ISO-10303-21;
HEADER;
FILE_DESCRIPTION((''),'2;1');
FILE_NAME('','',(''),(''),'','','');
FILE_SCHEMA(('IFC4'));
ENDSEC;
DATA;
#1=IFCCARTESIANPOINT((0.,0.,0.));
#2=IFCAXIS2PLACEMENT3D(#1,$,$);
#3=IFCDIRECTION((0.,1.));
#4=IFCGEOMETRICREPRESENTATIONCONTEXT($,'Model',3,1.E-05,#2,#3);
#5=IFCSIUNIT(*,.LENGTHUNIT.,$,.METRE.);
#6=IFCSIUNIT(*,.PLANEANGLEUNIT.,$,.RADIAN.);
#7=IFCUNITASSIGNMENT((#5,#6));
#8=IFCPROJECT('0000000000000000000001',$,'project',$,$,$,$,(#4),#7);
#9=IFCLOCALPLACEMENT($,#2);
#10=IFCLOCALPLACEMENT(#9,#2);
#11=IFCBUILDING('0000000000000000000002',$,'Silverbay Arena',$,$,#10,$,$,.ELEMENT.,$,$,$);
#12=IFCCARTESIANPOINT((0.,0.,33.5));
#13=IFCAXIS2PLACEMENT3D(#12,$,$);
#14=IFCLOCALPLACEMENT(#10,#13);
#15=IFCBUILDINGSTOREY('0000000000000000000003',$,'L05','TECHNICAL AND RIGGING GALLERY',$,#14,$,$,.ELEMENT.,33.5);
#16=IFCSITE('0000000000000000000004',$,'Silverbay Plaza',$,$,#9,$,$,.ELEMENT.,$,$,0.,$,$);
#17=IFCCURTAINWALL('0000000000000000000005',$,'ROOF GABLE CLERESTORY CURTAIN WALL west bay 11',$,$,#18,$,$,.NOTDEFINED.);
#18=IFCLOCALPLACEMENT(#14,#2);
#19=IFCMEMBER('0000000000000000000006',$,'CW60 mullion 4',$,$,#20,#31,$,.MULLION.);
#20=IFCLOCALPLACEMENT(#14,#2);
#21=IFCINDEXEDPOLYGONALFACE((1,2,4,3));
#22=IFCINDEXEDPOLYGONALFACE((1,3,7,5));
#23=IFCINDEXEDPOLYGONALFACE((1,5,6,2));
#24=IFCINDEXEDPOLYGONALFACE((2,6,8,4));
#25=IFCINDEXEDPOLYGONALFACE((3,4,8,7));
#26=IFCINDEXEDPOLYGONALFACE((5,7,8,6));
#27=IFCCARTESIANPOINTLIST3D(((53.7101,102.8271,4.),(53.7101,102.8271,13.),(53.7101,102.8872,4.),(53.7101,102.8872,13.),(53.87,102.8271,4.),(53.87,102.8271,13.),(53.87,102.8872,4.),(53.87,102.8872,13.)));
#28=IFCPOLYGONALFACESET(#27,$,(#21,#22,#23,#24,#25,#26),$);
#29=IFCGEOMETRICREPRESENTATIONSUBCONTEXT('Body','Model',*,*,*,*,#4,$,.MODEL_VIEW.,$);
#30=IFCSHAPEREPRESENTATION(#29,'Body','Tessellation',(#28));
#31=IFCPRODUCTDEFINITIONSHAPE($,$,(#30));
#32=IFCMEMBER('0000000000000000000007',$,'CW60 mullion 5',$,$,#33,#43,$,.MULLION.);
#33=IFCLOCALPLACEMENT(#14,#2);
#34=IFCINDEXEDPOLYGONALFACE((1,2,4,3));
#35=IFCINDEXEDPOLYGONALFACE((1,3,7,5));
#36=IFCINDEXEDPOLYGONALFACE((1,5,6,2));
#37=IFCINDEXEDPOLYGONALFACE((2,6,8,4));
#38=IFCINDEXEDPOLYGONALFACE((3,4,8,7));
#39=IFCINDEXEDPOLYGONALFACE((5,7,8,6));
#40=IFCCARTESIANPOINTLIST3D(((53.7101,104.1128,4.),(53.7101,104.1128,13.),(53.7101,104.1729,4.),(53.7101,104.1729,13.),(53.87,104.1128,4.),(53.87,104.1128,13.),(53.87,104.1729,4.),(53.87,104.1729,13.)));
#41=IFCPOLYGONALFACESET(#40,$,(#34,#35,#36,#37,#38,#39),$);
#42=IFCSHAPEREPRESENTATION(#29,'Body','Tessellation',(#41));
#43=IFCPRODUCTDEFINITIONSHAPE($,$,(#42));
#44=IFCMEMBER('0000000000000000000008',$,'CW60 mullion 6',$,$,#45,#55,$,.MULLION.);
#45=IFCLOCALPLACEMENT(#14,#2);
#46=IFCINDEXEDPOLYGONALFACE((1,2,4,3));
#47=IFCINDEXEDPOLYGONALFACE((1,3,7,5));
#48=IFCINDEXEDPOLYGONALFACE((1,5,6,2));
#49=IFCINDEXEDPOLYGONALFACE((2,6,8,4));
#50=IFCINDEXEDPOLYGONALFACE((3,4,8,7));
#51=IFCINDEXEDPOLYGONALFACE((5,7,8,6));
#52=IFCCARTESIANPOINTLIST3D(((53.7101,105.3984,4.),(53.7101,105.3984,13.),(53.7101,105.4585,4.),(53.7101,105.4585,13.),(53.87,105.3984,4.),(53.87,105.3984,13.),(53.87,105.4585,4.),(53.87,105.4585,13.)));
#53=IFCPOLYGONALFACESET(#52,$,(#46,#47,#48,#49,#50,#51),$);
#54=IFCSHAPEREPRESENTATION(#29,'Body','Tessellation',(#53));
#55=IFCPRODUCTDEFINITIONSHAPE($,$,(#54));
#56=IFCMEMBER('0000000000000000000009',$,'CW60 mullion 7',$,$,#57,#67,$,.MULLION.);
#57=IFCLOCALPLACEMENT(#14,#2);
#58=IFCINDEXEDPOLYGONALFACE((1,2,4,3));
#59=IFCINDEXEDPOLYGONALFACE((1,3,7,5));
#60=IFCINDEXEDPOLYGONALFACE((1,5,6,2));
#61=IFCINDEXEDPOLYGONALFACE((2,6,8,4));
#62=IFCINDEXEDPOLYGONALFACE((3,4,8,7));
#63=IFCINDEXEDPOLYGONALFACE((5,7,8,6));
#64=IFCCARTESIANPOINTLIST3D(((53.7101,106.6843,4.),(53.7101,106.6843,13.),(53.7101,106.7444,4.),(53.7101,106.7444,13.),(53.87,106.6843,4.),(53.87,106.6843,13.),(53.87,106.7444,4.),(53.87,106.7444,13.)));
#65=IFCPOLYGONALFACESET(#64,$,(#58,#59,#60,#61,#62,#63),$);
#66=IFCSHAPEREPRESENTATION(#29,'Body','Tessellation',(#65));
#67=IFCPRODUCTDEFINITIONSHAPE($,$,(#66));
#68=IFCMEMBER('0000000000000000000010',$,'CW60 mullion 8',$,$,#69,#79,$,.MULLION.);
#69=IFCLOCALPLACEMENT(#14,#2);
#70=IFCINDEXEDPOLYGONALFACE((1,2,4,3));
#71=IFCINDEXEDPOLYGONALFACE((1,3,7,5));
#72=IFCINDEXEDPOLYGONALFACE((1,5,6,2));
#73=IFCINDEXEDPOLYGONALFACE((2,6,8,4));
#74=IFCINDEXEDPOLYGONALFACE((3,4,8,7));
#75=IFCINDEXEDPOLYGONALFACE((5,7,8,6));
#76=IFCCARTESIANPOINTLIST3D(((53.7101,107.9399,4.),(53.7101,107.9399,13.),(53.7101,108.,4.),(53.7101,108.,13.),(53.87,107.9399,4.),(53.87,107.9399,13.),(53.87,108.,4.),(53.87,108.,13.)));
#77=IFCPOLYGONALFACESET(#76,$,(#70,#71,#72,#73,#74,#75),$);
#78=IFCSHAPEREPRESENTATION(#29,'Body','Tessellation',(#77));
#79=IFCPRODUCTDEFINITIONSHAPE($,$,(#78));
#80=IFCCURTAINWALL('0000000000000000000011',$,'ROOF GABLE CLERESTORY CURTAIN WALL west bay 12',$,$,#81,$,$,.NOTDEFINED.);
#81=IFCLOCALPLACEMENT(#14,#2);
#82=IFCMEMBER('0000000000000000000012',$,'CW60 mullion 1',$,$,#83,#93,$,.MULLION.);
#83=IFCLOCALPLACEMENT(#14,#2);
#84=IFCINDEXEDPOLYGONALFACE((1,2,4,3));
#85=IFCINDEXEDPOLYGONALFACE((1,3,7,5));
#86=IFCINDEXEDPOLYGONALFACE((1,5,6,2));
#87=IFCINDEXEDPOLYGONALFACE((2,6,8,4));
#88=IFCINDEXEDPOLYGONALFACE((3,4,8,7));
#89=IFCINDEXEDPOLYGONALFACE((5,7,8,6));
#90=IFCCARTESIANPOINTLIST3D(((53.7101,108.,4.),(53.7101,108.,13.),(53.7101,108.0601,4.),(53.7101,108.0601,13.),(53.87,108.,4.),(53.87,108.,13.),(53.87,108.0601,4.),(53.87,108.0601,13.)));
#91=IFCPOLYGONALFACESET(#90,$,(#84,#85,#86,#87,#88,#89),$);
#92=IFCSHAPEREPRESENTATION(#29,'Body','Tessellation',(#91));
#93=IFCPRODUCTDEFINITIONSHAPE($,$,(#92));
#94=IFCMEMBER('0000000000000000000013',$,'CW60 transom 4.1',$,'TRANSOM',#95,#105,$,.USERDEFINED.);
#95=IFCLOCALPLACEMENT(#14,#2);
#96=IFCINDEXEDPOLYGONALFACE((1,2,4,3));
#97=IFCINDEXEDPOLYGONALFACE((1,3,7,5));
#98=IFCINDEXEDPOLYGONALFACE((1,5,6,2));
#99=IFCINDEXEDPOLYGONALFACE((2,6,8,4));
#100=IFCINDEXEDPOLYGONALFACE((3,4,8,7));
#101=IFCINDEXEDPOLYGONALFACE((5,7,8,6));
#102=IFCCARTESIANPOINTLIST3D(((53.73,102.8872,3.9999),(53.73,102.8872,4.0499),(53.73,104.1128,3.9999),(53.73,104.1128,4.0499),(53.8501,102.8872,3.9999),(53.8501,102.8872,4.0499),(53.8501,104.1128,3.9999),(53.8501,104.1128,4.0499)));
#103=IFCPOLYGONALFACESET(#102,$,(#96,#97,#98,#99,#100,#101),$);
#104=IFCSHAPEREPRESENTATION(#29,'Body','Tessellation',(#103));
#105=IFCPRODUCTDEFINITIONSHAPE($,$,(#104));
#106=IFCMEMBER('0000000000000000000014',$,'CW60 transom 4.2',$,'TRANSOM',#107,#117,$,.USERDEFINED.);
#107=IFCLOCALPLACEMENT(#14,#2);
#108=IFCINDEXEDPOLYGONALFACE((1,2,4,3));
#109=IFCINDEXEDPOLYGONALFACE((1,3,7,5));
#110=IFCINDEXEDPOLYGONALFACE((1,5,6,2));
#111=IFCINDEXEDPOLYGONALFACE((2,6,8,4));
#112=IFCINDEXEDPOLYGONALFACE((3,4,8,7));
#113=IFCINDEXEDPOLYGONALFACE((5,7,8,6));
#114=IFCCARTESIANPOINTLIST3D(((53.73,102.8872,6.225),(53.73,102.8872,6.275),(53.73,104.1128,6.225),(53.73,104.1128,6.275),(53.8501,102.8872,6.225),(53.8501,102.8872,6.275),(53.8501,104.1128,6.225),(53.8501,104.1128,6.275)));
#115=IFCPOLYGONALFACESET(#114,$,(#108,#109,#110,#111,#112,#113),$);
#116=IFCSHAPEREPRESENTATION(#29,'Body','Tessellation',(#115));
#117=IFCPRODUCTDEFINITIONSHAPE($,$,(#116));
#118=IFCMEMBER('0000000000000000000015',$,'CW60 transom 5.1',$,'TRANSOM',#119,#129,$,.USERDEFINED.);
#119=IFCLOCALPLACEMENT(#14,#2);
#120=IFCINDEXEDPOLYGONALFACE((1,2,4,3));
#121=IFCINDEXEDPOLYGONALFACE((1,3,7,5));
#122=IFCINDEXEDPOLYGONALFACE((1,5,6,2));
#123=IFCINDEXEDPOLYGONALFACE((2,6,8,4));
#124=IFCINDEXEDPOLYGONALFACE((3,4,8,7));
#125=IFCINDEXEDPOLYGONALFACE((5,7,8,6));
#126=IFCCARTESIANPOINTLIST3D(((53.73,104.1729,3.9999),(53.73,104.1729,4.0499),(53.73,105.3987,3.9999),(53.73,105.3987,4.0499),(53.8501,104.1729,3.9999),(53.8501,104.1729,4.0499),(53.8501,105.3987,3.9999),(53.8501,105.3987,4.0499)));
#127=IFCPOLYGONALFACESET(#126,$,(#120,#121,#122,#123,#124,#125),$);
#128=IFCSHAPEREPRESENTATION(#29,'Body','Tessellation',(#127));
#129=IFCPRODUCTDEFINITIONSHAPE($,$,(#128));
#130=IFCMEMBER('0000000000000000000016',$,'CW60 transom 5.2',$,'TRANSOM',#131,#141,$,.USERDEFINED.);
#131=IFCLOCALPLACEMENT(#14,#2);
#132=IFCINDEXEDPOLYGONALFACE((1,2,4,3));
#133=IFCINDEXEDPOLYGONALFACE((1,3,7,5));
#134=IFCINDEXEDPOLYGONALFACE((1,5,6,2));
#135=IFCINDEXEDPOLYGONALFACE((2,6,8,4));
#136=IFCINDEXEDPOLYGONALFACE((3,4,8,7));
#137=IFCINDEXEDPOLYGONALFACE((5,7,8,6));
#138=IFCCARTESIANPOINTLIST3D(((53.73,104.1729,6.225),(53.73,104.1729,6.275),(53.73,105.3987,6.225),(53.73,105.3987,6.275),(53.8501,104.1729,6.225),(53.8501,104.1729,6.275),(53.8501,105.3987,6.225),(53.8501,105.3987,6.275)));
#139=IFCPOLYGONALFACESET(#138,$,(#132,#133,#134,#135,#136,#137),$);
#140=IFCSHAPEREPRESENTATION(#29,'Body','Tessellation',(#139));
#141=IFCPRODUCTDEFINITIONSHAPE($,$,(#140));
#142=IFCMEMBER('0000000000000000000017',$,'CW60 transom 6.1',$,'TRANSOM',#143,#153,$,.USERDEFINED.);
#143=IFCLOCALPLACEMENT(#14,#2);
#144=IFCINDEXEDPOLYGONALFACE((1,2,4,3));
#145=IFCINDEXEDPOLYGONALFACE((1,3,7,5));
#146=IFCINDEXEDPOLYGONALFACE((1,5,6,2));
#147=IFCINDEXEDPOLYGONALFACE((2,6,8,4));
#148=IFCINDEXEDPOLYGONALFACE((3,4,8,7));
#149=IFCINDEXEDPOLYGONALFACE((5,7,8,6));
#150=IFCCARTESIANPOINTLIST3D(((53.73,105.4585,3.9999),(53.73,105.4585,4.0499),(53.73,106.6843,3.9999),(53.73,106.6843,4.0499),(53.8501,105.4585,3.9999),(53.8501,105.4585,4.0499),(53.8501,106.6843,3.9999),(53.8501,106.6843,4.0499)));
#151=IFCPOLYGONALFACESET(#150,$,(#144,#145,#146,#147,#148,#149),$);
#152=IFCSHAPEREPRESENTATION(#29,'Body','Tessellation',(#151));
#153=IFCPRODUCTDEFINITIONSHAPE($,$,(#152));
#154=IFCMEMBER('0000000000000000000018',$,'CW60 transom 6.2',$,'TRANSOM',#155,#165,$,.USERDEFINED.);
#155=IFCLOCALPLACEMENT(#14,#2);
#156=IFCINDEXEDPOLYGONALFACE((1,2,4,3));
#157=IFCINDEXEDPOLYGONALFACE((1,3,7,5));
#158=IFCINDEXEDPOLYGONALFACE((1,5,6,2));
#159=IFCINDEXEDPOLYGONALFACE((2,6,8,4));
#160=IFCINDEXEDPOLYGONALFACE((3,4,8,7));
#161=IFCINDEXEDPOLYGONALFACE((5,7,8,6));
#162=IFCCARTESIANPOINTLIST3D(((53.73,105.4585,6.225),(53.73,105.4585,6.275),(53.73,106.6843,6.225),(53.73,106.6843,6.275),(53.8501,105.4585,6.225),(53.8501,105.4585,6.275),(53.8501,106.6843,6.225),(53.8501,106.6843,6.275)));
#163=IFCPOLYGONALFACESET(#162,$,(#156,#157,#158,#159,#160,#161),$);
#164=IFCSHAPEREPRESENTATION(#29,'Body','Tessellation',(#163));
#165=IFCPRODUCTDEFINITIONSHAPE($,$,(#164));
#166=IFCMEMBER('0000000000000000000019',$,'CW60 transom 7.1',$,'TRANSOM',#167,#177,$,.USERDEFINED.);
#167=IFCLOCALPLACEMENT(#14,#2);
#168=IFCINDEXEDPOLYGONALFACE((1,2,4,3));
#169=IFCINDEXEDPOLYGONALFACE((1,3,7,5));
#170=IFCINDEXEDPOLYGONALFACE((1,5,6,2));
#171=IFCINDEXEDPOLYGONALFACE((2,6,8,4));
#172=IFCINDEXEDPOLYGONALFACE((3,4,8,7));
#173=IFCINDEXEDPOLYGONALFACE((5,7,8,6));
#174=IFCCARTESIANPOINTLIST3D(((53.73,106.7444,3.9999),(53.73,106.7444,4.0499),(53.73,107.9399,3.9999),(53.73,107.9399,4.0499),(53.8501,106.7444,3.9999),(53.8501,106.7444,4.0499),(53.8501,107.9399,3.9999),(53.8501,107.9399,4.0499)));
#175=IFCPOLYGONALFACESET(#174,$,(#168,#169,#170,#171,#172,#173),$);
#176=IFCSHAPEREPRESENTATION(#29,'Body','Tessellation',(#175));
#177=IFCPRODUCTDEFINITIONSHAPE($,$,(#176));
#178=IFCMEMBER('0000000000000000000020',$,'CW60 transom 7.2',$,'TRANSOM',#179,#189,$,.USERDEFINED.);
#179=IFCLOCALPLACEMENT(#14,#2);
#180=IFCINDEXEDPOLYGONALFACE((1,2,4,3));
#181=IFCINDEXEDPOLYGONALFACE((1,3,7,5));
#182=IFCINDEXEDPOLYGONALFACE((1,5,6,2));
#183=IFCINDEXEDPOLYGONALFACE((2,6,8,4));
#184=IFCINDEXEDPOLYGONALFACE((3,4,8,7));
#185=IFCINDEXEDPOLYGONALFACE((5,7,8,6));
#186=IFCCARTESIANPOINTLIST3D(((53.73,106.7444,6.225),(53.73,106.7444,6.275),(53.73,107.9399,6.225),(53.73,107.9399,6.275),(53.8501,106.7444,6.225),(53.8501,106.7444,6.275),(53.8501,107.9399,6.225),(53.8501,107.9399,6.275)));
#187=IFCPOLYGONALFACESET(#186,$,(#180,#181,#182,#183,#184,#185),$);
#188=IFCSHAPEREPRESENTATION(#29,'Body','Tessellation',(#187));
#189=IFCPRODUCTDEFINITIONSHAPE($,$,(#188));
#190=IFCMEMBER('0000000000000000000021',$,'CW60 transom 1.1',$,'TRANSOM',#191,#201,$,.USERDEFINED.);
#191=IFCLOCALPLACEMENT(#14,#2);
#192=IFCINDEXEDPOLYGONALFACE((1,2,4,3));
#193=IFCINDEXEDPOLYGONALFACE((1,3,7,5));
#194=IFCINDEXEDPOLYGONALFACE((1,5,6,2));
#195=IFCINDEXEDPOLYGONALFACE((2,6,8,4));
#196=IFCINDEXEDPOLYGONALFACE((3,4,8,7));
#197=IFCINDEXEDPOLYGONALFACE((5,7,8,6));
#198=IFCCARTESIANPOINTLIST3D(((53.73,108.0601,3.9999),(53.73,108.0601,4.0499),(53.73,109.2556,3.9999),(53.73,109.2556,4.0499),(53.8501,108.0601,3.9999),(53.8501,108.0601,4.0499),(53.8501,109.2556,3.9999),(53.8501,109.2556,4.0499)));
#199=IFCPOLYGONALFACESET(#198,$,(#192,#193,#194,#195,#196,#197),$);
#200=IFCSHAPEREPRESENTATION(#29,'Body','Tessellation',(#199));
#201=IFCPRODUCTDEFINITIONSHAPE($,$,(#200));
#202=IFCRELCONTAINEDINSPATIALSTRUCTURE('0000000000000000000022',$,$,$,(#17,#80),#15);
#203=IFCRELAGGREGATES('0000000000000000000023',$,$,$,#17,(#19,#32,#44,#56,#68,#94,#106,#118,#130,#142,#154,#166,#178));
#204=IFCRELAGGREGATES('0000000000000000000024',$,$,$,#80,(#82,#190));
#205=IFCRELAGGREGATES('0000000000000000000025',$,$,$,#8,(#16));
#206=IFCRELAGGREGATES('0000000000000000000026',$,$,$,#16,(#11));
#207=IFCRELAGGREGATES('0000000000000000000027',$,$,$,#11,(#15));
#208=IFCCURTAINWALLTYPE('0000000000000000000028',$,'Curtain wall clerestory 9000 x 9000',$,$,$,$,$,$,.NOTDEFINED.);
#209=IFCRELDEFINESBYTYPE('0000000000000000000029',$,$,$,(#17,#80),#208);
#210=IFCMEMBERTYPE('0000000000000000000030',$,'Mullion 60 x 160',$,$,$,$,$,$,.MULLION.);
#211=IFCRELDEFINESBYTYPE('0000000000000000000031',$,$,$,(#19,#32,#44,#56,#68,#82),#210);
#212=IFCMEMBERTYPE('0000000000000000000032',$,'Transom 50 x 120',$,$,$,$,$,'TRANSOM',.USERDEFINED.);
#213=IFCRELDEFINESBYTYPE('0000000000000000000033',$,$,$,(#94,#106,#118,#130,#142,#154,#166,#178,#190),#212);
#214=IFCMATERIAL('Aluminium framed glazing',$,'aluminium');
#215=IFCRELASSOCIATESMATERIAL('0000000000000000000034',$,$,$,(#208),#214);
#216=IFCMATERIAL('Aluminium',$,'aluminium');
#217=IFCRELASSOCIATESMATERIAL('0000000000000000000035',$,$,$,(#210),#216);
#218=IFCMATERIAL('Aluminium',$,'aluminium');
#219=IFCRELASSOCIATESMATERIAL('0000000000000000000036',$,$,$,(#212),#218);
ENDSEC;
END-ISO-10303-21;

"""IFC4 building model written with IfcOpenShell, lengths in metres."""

from ifc_helpers import new_model, si_unit, direction, frame, origin, origin_2d, place, context, subcontext, project, spatial, rectangle, extrude, material, material_profile, profile_set, type_object, element, aggregate, save


model = new_model("IFC4")

# Units and contexts
model_context = context("Model", 3, precision=1e-05, world=origin(), true_north=direction((0.0, 1.0)))
body_context = subcontext(model_context, "Body", "Model", "MODEL_VIEW")
ifc_project = project(units=[si_unit("LENGTHUNIT", "METRE"), si_unit("PLANEANGLEUNIT", "RADIAN")], contexts=[model_context])

# Site, building, storey
site_placement = place(None, origin())
site = spatial("IfcSite", under=ifc_project, at=site_placement, Name="Silverbay Plaza", CompositionType="ELEMENT", RefElevation=0.0)
building_placement = place(site_placement, origin())
building = spatial("IfcBuilding", under=site, at=building_placement, Name="Silverbay Arena", CompositionType="ELEMENT")
storey_placement = place(building_placement, frame((0.0, 0.0, 33.5)))
storey = spatial("IfcBuildingStorey", under=building, at=storey_placement, Name="L05", Description="TECHNICAL AND RIGGING GALLERY", CompositionType="ELEMENT", Elevation=33.5)

# Curtain wall, members
ifc_material_1 = material(Name="Aluminium framed glazing", Category="aluminium")
curtain_wall_type = type_object("IfcCurtainWallType", Name="Curtain wall clerestory 9000 x 9000", PredefinedType="NOTDEFINED", material=ifc_material_1)
curtain_wall_1_placement = place(storey_placement, origin())
curtain_wall_1 = element("IfcCurtainWall", 1, at=curtain_wall_1_placement, inside=storey, type_object=curtain_wall_type, Name="ROOF GABLE CLERESTORY CURTAIN WALL west bay 11", PredefinedType="NOTDEFINED")
ifc_material_2 = material(Name="Aluminium", Category="aluminium")
ifc_material_profile_1 = material_profile(ifc_material_2, rectangle(XDim=0.1599, YDim=0.0601, at=origin_2d()), Name="Mullion 60 x 160")
ifc_profile_set_1 = profile_set([ifc_material_profile_1], Name="Aluminium")
member_type_1 = type_object("IfcMemberType", Name="Mullion 60 x 160", PredefinedType="MULLION", material=ifc_profile_set_1)
member_1_placement = place(storey_placement, frame((53.79, 102.8572, 4.0), z_axis=(0.0, 0.0, 1.0), x_axis=(-1.0, 0.0, 0.0)))
member_1 = element("IfcMember", 2, at=member_1_placement, type_object=member_type_1, Name="CW60 mullion 4", PredefinedType="MULLION", context=body_context, shape_type="SweptSolid", body=[
    extrude(rectangle(XDim=0.1599, YDim=0.0601, at=origin_2d()), origin(), (0.0, 0.0, 1.0), 9.0),
])
member_2_placement = place(storey_placement, frame((53.79, 104.1428, 4.0), z_axis=(0.0, 0.0, 1.0), x_axis=(-1.0, 0.0, 0.0)))
member_2 = element("IfcMember", 3, at=member_2_placement, type_object=member_type_1, Name="CW60 mullion 5", PredefinedType="MULLION", context=body_context, shape_type="SweptSolid", body=[
    extrude(rectangle(XDim=0.1599, YDim=0.0601, at=origin_2d()), origin(), (0.0, 0.0, 1.0), 9.0),
])
member_3_placement = place(storey_placement, frame((53.79, 105.4285, 4.0), z_axis=(0.0, 0.0, 1.0), x_axis=(-1.0, 0.0, 0.0)))
member_3 = element("IfcMember", 4, at=member_3_placement, type_object=member_type_1, Name="CW60 mullion 6", PredefinedType="MULLION", context=body_context, shape_type="SweptSolid", body=[
    extrude(rectangle(XDim=0.1599, YDim=0.0601, at=origin_2d()), origin(), (0.0, 0.0, 1.0), 9.0),
])
member_4_placement = place(storey_placement, frame((53.79, 106.7144, 4.0), z_axis=(0.0, 0.0, 1.0), x_axis=(-1.0, 0.0, 0.0)))
member_4 = element("IfcMember", 5, at=member_4_placement, type_object=member_type_1, Name="CW60 mullion 7", PredefinedType="MULLION", context=body_context, shape_type="SweptSolid", body=[
    extrude(rectangle(XDim=0.1599, YDim=0.0601, at=origin_2d()), origin(), (0.0, 0.0, 1.0), 9.0),
])
member_5_placement = place(storey_placement, frame((53.79, 107.97, 4.0), z_axis=(0.0, 0.0, 1.0), x_axis=(-1.0, 0.0, 0.0)))
member_5 = element("IfcMember", 6, at=member_5_placement, type_object=member_type_1, Name="CW60 mullion 8", PredefinedType="MULLION", context=body_context, shape_type="SweptSolid", body=[
    extrude(rectangle(XDim=0.1599, YDim=0.0601, at=origin_2d()), origin(), (0.0, 0.0, 1.0), 9.0),
])

# Curtain wall, member
curtain_wall_2_placement = place(storey_placement, origin())
curtain_wall_2 = element("IfcCurtainWall", 7, at=curtain_wall_2_placement, inside=storey, type_object=curtain_wall_type, Name="ROOF GABLE CLERESTORY CURTAIN WALL west bay 12", PredefinedType="NOTDEFINED")
member_6_placement = place(storey_placement, frame((53.79, 108.03, 4.0), z_axis=(0.0, 0.0, 1.0), x_axis=(-1.0, 0.0, 0.0)))
member_6 = element("IfcMember", 8, at=member_6_placement, type_object=member_type_1, Name="CW60 mullion 1", PredefinedType="MULLION", context=body_context, shape_type="SweptSolid", body=[
    extrude(rectangle(XDim=0.1599, YDim=0.0601, at=origin_2d()), origin(), (0.0, 0.0, 1.0), 9.0),
])

# Members
ifc_material_3 = material(Name="Aluminium", Category="aluminium")
ifc_material_profile_2 = material_profile(ifc_material_3, rectangle(XDim=0.1201, YDim=0.05, at=origin_2d()), Name="Transom 50 x 120")
ifc_profile_set_2 = profile_set([ifc_material_profile_2], Name="Aluminium")
member_type_2 = type_object("IfcMemberType", Name="Transom 50 x 120", ElementType="TRANSOM", PredefinedType="USERDEFINED", material=ifc_profile_set_2)
member_7_placement = place(storey_placement, frame((53.79, 102.8872, 4.0249), z_axis=(0.0, 1.0, 0.0), x_axis=(-1.0, 0.0, 0.0)))
member_7 = element("IfcMember", 9, at=member_7_placement, type_object=member_type_2, Name="CW60 transom 4.1", ObjectType="TRANSOM", PredefinedType="USERDEFINED", context=body_context, shape_type="SweptSolid", body=[
    extrude(rectangle(XDim=0.1201, YDim=0.05, at=origin_2d()), origin(), (0.0, 0.0, 1.0), 1.2256),
])
member_8_placement = place(storey_placement, frame((53.79, 102.8872, 6.25), z_axis=(0.0, 1.0, 0.0), x_axis=(-1.0, 0.0, 0.0)))
member_8 = element("IfcMember", 10, at=member_8_placement, type_object=member_type_2, Name="CW60 transom 4.2", ObjectType="TRANSOM", PredefinedType="USERDEFINED", context=body_context, shape_type="SweptSolid", body=[
    extrude(rectangle(XDim=0.1201, YDim=0.05, at=origin_2d()), origin(), (0.0, 0.0, 1.0), 1.2256),
])
member_9_placement = place(storey_placement, frame((53.79, 104.1729, 4.0249), z_axis=(0.0, 1.0, 0.0), x_axis=(-1.0, 0.0, 0.0)))
member_9 = element("IfcMember", 11, at=member_9_placement, type_object=member_type_2, Name="CW60 transom 5.1", ObjectType="TRANSOM", PredefinedType="USERDEFINED", context=body_context, shape_type="SweptSolid", body=[
    extrude(rectangle(XDim=0.1201, YDim=0.05, at=origin_2d()), origin(), (0.0, 0.0, 1.0), 1.2258),
])
member_10_placement = place(storey_placement, frame((53.79, 104.1729, 6.25), z_axis=(0.0, 1.0, 0.0), x_axis=(-1.0, 0.0, 0.0)))
member_10 = element("IfcMember", 12, at=member_10_placement, type_object=member_type_2, Name="CW60 transom 5.2", ObjectType="TRANSOM", PredefinedType="USERDEFINED", context=body_context, shape_type="SweptSolid", body=[
    extrude(rectangle(XDim=0.1201, YDim=0.05, at=origin_2d()), origin(), (0.0, 0.0, 1.0), 1.2258),
])
member_11_placement = place(storey_placement, frame((53.79, 105.4585, 4.0249), z_axis=(0.0, 1.0, 0.0), x_axis=(-1.0, 0.0, 0.0)))
member_11 = element("IfcMember", 13, at=member_11_placement, type_object=member_type_2, Name="CW60 transom 6.1", ObjectType="TRANSOM", PredefinedType="USERDEFINED", context=body_context, shape_type="SweptSolid", body=[
    extrude(rectangle(XDim=0.1201, YDim=0.05, at=origin_2d()), origin(), (0.0, 0.0, 1.0), 1.2258),
])
member_12_placement = place(storey_placement, frame((53.79, 105.4585, 6.25), z_axis=(0.0, 1.0, 0.0), x_axis=(-1.0, 0.0, 0.0)))
member_12 = element("IfcMember", 14, at=member_12_placement, type_object=member_type_2, Name="CW60 transom 6.2", ObjectType="TRANSOM", PredefinedType="USERDEFINED", context=body_context, shape_type="SweptSolid", body=[
    extrude(rectangle(XDim=0.1201, YDim=0.05, at=origin_2d()), origin(), (0.0, 0.0, 1.0), 1.2258),
])
member_13_placement = place(storey_placement, frame((53.79, 106.7444, 4.0249), z_axis=(0.0, 1.0, 0.0), x_axis=(-1.0, 0.0, 0.0)))
member_13 = element("IfcMember", 15, at=member_13_placement, type_object=member_type_2, Name="CW60 transom 7.1", ObjectType="TRANSOM", PredefinedType="USERDEFINED", context=body_context, shape_type="SweptSolid", body=[
    extrude(rectangle(XDim=0.1201, YDim=0.05, at=origin_2d()), origin(), (0.0, 0.0, 1.0), 1.1956),
])
member_14_placement = place(storey_placement, frame((53.79, 106.7444, 6.25), z_axis=(0.0, 1.0, 0.0), x_axis=(-1.0, 0.0, 0.0)))
member_14 = element("IfcMember", 16, at=member_14_placement, type_object=member_type_2, Name="CW60 transom 7.2", ObjectType="TRANSOM", PredefinedType="USERDEFINED", context=body_context, shape_type="SweptSolid", body=[
    extrude(rectangle(XDim=0.1201, YDim=0.05, at=origin_2d()), origin(), (0.0, 0.0, 1.0), 1.1956),
])
member_15_placement = place(storey_placement, frame((53.79, 108.0601, 4.0249), z_axis=(0.0, 1.0, 0.0), x_axis=(-1.0, 0.0, 0.0)))
member_15 = element("IfcMember", 17, at=member_15_placement, type_object=member_type_2, Name="CW60 transom 1.1", ObjectType="TRANSOM", PredefinedType="USERDEFINED", context=body_context, shape_type="SweptSolid", body=[
    extrude(rectangle(XDim=0.1201, YDim=0.05, at=origin_2d()), origin(), (0.0, 0.0, 1.0), 1.1956),
])

aggregate(curtain_wall_1, [member_1, member_2, member_3, member_4, member_5, member_7, member_8, member_9, member_10, member_11, member_12, member_13, member_14])
aggregate(curtain_wall_2, [member_6, member_15])

save(model, "model.ifc")
